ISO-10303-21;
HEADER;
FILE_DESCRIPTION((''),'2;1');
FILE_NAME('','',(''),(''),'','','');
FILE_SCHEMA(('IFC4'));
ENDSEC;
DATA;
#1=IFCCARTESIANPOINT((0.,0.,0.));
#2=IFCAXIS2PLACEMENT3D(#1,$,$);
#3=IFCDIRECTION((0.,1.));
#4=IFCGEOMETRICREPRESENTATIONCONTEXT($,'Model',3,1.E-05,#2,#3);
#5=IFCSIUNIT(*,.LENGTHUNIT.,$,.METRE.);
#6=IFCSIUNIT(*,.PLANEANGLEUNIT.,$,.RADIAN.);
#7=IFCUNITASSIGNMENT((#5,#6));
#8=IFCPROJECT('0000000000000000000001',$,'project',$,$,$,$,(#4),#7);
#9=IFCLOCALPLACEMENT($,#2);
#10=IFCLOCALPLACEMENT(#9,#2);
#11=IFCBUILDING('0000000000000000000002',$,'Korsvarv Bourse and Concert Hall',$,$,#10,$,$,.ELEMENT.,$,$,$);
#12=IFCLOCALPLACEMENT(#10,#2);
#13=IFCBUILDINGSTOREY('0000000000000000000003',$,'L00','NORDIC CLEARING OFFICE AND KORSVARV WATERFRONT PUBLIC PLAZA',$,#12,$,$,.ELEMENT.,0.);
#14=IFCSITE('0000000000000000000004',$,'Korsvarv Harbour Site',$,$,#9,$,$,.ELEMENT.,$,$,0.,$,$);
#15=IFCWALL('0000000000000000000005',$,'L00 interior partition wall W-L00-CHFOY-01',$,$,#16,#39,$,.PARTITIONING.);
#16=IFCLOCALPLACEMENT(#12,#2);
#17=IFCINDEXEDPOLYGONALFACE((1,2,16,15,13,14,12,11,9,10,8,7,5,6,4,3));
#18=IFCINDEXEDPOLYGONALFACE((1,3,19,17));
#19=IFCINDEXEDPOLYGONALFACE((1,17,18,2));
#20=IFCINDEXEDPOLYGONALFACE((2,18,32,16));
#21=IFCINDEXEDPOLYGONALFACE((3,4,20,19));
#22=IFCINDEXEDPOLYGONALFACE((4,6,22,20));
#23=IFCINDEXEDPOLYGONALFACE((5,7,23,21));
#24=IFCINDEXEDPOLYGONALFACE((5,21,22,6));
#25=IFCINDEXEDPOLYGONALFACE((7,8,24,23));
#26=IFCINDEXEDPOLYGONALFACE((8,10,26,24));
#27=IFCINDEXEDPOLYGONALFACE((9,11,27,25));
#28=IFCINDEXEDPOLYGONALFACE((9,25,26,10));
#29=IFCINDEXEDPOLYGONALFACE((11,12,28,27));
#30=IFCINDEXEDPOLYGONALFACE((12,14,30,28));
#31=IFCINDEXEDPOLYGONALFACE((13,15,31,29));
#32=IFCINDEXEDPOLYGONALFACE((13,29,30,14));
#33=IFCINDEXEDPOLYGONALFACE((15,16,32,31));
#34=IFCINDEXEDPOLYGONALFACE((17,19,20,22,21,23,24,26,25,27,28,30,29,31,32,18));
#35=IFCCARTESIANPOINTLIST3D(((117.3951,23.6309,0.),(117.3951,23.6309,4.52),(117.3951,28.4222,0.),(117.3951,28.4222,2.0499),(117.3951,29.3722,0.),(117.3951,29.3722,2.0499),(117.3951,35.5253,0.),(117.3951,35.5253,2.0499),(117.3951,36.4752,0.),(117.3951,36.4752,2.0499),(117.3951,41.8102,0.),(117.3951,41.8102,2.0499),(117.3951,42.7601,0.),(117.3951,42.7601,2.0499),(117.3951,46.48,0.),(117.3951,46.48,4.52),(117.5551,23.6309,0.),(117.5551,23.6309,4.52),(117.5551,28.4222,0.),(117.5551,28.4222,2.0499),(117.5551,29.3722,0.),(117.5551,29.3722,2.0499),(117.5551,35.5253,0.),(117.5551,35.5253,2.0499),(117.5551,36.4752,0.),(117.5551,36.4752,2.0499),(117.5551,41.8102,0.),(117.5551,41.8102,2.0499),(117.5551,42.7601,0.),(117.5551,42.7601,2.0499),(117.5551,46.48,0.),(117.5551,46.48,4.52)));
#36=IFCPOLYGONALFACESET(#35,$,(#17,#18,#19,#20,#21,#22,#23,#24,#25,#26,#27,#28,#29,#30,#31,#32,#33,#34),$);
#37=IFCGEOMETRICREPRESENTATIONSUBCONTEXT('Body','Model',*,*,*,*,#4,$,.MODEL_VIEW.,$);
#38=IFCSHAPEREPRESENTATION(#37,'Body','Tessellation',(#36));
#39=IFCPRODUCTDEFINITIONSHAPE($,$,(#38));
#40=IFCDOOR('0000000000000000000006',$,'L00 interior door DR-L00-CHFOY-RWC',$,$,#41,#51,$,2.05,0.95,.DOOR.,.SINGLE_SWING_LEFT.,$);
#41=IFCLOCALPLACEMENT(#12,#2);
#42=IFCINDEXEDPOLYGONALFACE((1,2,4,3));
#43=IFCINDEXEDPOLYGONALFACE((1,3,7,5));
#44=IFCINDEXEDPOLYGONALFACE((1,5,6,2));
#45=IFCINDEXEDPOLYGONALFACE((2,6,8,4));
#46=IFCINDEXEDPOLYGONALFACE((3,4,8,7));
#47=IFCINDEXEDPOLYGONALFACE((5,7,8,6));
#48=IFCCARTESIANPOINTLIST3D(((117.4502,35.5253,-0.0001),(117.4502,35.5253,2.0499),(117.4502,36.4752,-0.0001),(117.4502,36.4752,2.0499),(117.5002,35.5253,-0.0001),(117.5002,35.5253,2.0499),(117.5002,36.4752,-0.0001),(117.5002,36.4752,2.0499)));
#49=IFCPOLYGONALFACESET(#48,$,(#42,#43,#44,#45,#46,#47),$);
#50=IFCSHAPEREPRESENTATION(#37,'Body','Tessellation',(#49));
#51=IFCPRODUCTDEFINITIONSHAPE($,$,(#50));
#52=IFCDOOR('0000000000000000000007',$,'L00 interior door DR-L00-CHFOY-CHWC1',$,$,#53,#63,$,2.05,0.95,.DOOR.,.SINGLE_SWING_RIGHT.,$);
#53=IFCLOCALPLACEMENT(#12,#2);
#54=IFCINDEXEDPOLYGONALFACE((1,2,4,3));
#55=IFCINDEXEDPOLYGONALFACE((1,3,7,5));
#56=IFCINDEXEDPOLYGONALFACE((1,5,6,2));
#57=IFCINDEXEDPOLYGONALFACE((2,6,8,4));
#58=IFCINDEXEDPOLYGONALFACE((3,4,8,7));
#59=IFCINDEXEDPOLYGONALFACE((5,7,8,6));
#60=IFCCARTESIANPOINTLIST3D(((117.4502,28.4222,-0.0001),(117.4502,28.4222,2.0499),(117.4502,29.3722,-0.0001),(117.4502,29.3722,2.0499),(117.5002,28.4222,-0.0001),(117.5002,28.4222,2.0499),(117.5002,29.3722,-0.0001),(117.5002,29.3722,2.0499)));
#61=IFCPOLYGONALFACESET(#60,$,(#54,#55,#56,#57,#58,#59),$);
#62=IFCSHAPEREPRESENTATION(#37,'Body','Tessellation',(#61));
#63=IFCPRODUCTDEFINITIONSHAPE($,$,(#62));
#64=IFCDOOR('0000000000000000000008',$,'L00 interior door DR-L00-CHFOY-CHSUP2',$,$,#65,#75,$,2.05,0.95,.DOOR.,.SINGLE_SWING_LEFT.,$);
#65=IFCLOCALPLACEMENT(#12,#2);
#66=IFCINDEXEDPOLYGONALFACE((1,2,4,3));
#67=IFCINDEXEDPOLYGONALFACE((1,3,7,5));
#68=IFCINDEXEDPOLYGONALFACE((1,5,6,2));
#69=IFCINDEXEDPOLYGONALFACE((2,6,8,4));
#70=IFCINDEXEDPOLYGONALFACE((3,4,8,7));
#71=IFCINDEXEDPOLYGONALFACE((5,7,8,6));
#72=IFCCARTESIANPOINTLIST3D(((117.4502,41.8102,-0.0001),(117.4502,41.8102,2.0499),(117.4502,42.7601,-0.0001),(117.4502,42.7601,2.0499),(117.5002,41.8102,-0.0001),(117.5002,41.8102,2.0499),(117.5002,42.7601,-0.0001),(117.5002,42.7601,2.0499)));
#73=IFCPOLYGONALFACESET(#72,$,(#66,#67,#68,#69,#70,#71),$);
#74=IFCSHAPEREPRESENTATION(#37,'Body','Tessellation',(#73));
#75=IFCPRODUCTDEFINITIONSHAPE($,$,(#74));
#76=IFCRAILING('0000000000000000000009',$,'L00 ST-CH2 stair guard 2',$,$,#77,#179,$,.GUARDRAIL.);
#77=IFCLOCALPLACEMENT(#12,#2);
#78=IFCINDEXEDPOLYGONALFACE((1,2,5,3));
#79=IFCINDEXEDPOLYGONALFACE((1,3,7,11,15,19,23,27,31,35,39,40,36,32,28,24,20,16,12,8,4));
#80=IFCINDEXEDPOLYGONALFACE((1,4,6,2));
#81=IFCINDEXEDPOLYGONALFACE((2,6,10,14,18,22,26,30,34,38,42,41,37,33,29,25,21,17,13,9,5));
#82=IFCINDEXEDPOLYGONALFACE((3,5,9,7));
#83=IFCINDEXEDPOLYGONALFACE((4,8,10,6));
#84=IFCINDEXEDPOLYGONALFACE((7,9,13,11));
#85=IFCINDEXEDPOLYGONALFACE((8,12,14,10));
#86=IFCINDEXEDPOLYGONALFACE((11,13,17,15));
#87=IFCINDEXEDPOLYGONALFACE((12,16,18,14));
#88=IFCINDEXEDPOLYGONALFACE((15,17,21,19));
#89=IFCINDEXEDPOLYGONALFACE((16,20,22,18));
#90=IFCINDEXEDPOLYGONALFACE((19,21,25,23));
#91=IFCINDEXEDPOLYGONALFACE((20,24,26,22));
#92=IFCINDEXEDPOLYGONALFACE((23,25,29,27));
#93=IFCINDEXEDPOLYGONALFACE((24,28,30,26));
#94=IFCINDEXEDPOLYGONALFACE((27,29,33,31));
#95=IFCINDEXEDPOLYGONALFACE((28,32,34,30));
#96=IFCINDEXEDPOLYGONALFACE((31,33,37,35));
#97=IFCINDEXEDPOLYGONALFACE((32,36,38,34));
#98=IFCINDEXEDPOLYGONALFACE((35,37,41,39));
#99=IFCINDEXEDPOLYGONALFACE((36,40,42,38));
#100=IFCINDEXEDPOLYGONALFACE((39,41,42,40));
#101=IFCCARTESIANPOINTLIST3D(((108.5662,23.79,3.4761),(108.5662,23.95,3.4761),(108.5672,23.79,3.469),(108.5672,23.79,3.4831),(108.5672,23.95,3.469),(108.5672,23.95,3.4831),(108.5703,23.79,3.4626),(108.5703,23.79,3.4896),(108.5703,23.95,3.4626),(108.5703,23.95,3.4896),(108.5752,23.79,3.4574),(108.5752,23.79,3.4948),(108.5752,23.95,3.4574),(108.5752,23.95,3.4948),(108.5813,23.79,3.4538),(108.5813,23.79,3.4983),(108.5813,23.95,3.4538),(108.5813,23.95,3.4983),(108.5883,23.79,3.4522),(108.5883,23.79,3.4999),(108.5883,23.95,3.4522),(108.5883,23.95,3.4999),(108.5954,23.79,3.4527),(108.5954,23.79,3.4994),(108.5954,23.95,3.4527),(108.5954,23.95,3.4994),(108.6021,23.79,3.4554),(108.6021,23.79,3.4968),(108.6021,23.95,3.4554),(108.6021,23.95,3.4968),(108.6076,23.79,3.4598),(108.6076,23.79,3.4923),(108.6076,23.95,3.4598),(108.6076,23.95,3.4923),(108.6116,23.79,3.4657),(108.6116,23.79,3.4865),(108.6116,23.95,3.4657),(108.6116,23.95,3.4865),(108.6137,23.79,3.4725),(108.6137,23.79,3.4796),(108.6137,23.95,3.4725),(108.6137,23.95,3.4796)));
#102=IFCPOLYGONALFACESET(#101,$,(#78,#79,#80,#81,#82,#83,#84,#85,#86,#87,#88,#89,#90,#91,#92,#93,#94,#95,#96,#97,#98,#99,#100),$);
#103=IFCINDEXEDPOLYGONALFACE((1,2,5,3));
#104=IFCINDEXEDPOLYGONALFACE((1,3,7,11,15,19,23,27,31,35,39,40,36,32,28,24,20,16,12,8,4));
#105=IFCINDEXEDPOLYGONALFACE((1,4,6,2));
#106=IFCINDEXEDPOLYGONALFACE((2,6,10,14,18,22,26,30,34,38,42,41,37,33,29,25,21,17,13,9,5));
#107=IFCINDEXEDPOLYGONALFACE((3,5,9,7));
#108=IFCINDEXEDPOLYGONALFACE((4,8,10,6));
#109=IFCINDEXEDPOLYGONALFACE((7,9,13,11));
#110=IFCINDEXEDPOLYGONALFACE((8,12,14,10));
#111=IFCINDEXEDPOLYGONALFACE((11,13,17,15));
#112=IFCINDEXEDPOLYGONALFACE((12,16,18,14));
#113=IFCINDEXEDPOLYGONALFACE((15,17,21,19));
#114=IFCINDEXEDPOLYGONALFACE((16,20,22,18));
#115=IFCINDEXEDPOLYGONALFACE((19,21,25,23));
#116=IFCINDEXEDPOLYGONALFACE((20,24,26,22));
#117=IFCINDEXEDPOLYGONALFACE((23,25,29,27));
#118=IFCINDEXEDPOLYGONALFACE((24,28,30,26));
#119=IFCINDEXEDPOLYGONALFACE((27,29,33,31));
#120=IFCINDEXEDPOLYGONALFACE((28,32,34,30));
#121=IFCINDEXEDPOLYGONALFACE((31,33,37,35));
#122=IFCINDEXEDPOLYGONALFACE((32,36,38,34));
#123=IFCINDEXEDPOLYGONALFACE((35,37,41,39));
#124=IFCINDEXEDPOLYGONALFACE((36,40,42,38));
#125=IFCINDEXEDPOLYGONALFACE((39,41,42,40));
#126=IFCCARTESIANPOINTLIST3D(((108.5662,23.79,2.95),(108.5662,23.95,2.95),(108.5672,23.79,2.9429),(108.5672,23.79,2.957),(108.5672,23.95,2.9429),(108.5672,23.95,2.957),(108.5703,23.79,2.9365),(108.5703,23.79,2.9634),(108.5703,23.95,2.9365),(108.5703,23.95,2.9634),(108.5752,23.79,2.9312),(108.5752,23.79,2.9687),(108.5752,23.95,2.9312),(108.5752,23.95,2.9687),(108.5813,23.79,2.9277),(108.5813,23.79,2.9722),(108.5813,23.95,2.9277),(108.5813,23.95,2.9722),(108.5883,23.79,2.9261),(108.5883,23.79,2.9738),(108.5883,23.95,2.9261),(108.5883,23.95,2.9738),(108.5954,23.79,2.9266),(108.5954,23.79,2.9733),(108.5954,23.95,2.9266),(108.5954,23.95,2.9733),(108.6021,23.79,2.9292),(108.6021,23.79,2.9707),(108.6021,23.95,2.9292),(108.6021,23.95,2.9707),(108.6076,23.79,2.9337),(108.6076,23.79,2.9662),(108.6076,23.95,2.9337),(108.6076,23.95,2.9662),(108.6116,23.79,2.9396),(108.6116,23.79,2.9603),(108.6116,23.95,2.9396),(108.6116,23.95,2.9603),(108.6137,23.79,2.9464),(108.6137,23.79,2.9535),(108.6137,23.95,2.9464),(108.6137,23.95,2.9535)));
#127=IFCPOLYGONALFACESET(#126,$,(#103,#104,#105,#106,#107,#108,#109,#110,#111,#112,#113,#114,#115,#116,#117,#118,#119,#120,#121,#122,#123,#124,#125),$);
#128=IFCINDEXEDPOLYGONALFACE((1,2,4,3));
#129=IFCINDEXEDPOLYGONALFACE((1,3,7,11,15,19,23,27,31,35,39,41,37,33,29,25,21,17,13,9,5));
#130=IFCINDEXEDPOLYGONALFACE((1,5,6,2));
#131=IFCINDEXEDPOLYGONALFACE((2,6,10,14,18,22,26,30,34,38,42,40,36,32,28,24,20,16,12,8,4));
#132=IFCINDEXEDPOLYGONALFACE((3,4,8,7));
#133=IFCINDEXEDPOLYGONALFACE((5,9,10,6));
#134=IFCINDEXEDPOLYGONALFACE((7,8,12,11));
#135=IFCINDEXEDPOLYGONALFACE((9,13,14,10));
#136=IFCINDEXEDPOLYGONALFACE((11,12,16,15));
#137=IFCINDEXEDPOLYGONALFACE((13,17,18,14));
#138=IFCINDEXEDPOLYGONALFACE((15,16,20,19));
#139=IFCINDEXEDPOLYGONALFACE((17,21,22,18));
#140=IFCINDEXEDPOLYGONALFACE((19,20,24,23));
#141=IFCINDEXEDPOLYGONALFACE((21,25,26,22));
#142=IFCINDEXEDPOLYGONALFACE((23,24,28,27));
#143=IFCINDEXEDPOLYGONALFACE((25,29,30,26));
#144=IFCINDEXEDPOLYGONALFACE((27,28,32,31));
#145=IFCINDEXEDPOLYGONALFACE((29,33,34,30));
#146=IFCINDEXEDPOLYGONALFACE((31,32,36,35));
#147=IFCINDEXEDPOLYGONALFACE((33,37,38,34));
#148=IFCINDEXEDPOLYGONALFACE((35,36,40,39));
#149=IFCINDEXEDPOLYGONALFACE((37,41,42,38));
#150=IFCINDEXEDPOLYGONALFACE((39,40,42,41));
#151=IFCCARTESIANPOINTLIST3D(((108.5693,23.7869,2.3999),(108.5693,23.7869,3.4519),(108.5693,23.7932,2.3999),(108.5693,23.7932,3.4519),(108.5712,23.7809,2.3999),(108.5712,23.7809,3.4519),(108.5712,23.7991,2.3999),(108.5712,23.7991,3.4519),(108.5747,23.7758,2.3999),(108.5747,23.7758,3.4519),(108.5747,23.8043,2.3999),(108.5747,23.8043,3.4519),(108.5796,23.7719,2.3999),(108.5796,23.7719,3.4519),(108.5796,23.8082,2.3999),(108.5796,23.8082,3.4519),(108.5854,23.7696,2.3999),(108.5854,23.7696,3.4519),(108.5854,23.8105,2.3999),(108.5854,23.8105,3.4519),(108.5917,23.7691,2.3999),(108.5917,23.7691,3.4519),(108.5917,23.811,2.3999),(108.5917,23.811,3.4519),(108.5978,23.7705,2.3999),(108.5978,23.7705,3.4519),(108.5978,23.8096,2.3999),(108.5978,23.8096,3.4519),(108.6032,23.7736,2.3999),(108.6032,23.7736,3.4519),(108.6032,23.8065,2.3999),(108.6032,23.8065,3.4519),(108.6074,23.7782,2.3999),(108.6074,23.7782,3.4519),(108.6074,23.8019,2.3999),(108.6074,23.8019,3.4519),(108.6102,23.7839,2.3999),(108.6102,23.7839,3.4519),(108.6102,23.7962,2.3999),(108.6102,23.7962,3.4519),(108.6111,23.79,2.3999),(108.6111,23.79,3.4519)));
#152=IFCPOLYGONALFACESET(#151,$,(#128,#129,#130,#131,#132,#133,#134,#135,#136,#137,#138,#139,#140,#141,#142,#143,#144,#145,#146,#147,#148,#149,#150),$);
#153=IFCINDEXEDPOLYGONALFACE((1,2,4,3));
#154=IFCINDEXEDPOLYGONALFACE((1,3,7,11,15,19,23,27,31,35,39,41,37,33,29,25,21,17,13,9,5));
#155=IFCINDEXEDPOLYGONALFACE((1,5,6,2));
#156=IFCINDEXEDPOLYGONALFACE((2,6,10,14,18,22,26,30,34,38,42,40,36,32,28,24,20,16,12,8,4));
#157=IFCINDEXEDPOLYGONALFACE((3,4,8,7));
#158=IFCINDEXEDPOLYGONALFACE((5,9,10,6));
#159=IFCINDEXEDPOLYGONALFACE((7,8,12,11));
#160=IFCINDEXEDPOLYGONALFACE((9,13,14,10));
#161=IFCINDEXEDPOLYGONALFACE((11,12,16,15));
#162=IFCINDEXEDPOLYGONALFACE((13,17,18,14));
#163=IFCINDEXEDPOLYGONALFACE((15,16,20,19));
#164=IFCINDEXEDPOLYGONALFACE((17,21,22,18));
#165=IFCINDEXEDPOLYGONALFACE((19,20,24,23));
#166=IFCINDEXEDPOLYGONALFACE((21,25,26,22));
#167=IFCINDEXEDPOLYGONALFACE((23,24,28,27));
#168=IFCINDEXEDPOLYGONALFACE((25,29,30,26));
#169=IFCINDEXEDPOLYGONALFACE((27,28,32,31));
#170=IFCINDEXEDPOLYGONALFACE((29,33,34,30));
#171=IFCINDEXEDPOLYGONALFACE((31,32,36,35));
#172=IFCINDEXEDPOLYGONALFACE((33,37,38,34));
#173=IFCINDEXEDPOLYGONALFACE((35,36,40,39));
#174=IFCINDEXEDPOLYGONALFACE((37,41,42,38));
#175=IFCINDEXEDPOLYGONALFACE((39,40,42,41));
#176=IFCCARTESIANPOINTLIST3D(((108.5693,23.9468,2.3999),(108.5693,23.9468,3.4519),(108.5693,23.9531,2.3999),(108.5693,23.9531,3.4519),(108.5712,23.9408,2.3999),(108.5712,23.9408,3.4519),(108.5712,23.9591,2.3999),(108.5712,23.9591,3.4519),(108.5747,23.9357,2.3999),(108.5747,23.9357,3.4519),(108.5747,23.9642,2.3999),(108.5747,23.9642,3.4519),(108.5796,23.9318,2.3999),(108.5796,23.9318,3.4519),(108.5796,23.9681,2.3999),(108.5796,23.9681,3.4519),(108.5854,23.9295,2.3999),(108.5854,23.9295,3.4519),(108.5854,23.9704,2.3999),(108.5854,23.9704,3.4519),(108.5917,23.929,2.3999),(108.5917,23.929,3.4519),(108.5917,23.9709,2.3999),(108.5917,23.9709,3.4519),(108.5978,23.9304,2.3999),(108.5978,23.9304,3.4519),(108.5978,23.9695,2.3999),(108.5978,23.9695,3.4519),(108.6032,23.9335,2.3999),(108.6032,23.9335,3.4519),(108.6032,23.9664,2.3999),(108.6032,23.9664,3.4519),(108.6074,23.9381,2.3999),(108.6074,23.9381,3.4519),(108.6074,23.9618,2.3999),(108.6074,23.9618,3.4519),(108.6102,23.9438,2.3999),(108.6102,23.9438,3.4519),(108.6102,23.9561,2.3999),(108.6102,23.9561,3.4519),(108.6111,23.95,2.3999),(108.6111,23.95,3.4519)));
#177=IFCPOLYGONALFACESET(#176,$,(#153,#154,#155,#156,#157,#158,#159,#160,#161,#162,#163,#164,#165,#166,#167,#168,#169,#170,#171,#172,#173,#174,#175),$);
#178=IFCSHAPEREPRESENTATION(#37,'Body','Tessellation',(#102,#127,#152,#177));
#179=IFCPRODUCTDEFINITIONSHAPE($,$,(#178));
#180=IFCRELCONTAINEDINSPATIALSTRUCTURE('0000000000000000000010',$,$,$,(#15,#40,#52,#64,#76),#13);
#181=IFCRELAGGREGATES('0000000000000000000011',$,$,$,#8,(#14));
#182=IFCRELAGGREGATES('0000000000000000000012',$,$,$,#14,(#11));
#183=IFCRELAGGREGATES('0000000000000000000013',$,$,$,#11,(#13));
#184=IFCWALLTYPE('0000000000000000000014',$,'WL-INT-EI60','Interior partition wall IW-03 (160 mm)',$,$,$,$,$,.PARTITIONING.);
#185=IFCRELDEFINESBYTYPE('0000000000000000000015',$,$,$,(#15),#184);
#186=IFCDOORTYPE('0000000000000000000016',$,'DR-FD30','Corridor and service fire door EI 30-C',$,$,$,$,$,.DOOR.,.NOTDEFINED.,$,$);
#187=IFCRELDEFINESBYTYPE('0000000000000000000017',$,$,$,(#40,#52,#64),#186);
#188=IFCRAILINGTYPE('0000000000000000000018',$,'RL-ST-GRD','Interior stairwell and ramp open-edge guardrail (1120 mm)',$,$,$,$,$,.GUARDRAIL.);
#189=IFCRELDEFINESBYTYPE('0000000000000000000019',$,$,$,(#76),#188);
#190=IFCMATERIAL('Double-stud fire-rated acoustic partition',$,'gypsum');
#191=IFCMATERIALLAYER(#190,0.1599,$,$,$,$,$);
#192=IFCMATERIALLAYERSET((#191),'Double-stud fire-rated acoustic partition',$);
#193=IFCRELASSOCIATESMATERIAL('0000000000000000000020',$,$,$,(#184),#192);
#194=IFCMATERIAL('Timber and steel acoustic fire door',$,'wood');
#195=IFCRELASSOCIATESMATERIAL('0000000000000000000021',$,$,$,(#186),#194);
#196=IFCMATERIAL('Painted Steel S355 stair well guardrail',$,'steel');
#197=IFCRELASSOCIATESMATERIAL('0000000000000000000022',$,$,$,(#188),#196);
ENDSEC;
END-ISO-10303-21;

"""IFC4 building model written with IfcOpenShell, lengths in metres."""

from ifc_helpers import new_model, si_unit, direction, frame, frame_2d, origin, origin_2d, place, context, subcontext, project, spatial, rectangle, circle, extrude, material, layer, layer_set, type_object, element, fill, save


model = new_model("IFC4")

# Units and contexts
model_context = context("Model", 3, precision=1e-05, world=origin(), true_north=direction((0.0, 1.0)))
body_context = subcontext(model_context, "Body", "Model", "MODEL_VIEW")
ifc_project = project(units=[si_unit("LENGTHUNIT", "METRE"), si_unit("PLANEANGLEUNIT", "RADIAN")], contexts=[model_context])

# Site, building, storey
site_placement = place(None, origin())
site = spatial("IfcSite", under=ifc_project, at=site_placement, Name="Korsvarv Harbour Site", CompositionType="ELEMENT", RefElevation=0.0)
building_placement = place(site_placement, origin())
building = spatial("IfcBuilding", under=site, at=building_placement, Name="Korsvarv Bourse and Concert Hall", CompositionType="ELEMENT")
storey_placement = place(building_placement, origin())
storey = spatial("IfcBuildingStorey", under=building, at=storey_placement, Name="L00", Description="NORDIC CLEARING OFFICE AND KORSVARV WATERFRONT PUBLIC PLAZA", CompositionType="ELEMENT", Elevation=0.0)

# Wall, openings, doors
ifc_material_1 = material(Name="Double-stud fire-rated acoustic partition", Category="gypsum")
ifc_layer_1 = layer(ifc_material_1, 0.1599)
ifc_layer_set_1 = layer_set([ifc_layer_1], Name="Double-stud fire-rated acoustic partition")
wall_type_1 = type_object("IfcWallType", Name="WL-INT-EI60", Description="Interior partition wall IW-03 (160 mm)", PredefinedType="PARTITIONING", material=ifc_layer_set_1)
wall_1_placement = place(storey_placement, frame((117.4751, 23.6309, 0.0), z_axis=(0.0, 0.0, 1.0), x_axis=(0.0, 1.0, 0.0)))
wall_1 = element("IfcWall", 1, at=wall_1_placement, inside=storey, type_object=wall_type_1, Name="L00 interior partition wall W-L00-CHFOY-01", PredefinedType="PARTITIONING", context=body_context, shape_type="SweptSolid", body=[
    extrude(rectangle(XDim=22.8491, YDim=0.1599, at=frame_2d((11.4246, 0.0))), origin(), (0.0, 0.0, 1.0), 4.52),
])
opening_1_placement = place(wall_1_placement, frame((11.8943, 0.0, 0.0)))
opening_1 = element("IfcOpeningElement", 2, at=opening_1_placement, cuts=wall_1, PredefinedType="OPENING", context=body_context, shape_type="SweptSolid", body=[
    extrude(rectangle(XDim=0.95, YDim=2.05, at=frame_2d((0.4751, 1.0249))), frame((0.0, 0.0898, 0.0), z_axis=(0.0, -1.0, 0.0), x_axis=(1.0, 0.0, 0.0)), (0.0, 0.0, 1.0), 0.1799),
])
opening_2_placement = place(wall_1_placement, frame((4.7913, 0.0, 0.0)))
opening_2 = element("IfcOpeningElement", 3, at=opening_2_placement, cuts=wall_1, PredefinedType="OPENING", context=body_context, shape_type="SweptSolid", body=[
    extrude(rectangle(XDim=0.95, YDim=2.05, at=frame_2d((0.4751, 1.0249))), frame((0.0, 0.0898, 0.0), z_axis=(0.0, -1.0, 0.0), x_axis=(1.0, 0.0, 0.0)), (0.0, 0.0, 1.0), 0.1799),
])
opening_3_placement = place(wall_1_placement, frame((18.1792, 0.0, 0.0)))
opening_3 = element("IfcOpeningElement", 4, at=opening_3_placement, cuts=wall_1, PredefinedType="OPENING", context=body_context, shape_type="SweptSolid", body=[
    extrude(rectangle(XDim=0.95, YDim=2.05, at=frame_2d((0.4751, 1.0249))), frame((0.0, 0.0898, 0.0), z_axis=(0.0, -1.0, 0.0), x_axis=(1.0, 0.0, 0.0)), (0.0, 0.0, 1.0), 0.1799),
])
ifc_material_2 = material(Name="Timber and steel acoustic fire door", Category="wood")
door_type = type_object("IfcDoorType", Name="DR-FD30", Description="Corridor and service fire door EI 30-C", OperationType="NOTDEFINED", PredefinedType="DOOR", material=ifc_material_2)
door_1_placement = place(opening_1_placement, origin())
door_1 = element("IfcDoor", 5, at=door_1_placement, inside=storey, type_object=door_type, Name="L00 interior door DR-L00-CHFOY-RWC", OperationType="SINGLE_SWING_LEFT", OverallHeight=2.05, OverallWidth=0.95, PredefinedType="DOOR", context=body_context, shape_type="SweptSolid", body=[
    extrude(rectangle(XDim=0.95, YDim=2.05, at=frame_2d((0.4751, 1.0249))), frame((0.0, 0.0249, 0.0), z_axis=(0.0, -1.0, 0.0), x_axis=(1.0, 0.0, 0.0)), (0.0, 0.0, 1.0), 0.05),
])
fill(opening_1, door_1)
door_2_placement = place(opening_2_placement, origin())
door_2 = element("IfcDoor", 6, at=door_2_placement, inside=storey, type_object=door_type, Name="L00 interior door DR-L00-CHFOY-CHWC1", OperationType="SINGLE_SWING_RIGHT", OverallHeight=2.05, OverallWidth=0.95, PredefinedType="DOOR", context=body_context, shape_type="SweptSolid", body=[
    extrude(rectangle(XDim=0.95, YDim=2.05, at=frame_2d((0.4751, 1.0249))), frame((0.0, 0.0249, 0.0), z_axis=(0.0, -1.0, 0.0), x_axis=(1.0, 0.0, 0.0)), (0.0, 0.0, 1.0), 0.05),
])
fill(opening_2, door_2)
door_3_placement = place(opening_3_placement, origin())
door_3 = element("IfcDoor", 7, at=door_3_placement, inside=storey, type_object=door_type, Name="L00 interior door DR-L00-CHFOY-CHSUP2", OperationType="SINGLE_SWING_LEFT", OverallHeight=2.05, OverallWidth=0.95, PredefinedType="DOOR", context=body_context, shape_type="SweptSolid", body=[
    extrude(rectangle(XDim=0.95, YDim=2.05, at=frame_2d((0.4751, 1.0249))), frame((0.0, 0.0249, 0.0), z_axis=(0.0, -1.0, 0.0), x_axis=(1.0, 0.0, 0.0)), (0.0, 0.0, 1.0), 0.05),
])
fill(opening_3, door_3)

# Railing
ifc_material_3 = material(Name="Painted Steel S355 stair well guardrail", Category="steel")
railing_type_1 = type_object("IfcRailingType", Name="RL-ST-GRD", Description="Interior stairwell and ramp open-edge guardrail (1120 mm)", PredefinedType="GUARDRAIL", material=ifc_material_3)
railing_1_placement = place(storey_placement, frame((108.5901, 23.79, 2.3999)))
element("IfcRailing", 8, at=railing_1_placement, inside=storey, type_object=railing_type_1, Name="L00 ST-CH2 stair guard 2", PredefinedType="GUARDRAIL", context=body_context, shape_type="SweptSolid", body=[
    extrude(circle(Radius=0.0239, at=origin_2d()), frame((0.0, 0.0, 1.0762), z_axis=(0.0, 1.0, 0.0), x_axis=(-1.0, 0.0, 0.0)), (0.0, 0.0, 1.0), 0.1599),
    extrude(circle(Radius=0.0239, at=origin_2d()), frame((0.0, 0.0, 0.55), z_axis=(0.0, 1.0, 0.0), x_axis=(-1.0, 0.0, 0.0)), (0.0, 0.0, 1.0), 0.1599),
    extrude(circle(Radius=0.021, at=origin_2d()), origin(), (0.0, 0.0, 1.0), 1.052),
    extrude(circle(Radius=0.021, at=origin_2d()), frame((0.0, 0.1599, 0.0)), (0.0, 0.0, 1.0), 1.052),
])

save(model, "model.ifc")
